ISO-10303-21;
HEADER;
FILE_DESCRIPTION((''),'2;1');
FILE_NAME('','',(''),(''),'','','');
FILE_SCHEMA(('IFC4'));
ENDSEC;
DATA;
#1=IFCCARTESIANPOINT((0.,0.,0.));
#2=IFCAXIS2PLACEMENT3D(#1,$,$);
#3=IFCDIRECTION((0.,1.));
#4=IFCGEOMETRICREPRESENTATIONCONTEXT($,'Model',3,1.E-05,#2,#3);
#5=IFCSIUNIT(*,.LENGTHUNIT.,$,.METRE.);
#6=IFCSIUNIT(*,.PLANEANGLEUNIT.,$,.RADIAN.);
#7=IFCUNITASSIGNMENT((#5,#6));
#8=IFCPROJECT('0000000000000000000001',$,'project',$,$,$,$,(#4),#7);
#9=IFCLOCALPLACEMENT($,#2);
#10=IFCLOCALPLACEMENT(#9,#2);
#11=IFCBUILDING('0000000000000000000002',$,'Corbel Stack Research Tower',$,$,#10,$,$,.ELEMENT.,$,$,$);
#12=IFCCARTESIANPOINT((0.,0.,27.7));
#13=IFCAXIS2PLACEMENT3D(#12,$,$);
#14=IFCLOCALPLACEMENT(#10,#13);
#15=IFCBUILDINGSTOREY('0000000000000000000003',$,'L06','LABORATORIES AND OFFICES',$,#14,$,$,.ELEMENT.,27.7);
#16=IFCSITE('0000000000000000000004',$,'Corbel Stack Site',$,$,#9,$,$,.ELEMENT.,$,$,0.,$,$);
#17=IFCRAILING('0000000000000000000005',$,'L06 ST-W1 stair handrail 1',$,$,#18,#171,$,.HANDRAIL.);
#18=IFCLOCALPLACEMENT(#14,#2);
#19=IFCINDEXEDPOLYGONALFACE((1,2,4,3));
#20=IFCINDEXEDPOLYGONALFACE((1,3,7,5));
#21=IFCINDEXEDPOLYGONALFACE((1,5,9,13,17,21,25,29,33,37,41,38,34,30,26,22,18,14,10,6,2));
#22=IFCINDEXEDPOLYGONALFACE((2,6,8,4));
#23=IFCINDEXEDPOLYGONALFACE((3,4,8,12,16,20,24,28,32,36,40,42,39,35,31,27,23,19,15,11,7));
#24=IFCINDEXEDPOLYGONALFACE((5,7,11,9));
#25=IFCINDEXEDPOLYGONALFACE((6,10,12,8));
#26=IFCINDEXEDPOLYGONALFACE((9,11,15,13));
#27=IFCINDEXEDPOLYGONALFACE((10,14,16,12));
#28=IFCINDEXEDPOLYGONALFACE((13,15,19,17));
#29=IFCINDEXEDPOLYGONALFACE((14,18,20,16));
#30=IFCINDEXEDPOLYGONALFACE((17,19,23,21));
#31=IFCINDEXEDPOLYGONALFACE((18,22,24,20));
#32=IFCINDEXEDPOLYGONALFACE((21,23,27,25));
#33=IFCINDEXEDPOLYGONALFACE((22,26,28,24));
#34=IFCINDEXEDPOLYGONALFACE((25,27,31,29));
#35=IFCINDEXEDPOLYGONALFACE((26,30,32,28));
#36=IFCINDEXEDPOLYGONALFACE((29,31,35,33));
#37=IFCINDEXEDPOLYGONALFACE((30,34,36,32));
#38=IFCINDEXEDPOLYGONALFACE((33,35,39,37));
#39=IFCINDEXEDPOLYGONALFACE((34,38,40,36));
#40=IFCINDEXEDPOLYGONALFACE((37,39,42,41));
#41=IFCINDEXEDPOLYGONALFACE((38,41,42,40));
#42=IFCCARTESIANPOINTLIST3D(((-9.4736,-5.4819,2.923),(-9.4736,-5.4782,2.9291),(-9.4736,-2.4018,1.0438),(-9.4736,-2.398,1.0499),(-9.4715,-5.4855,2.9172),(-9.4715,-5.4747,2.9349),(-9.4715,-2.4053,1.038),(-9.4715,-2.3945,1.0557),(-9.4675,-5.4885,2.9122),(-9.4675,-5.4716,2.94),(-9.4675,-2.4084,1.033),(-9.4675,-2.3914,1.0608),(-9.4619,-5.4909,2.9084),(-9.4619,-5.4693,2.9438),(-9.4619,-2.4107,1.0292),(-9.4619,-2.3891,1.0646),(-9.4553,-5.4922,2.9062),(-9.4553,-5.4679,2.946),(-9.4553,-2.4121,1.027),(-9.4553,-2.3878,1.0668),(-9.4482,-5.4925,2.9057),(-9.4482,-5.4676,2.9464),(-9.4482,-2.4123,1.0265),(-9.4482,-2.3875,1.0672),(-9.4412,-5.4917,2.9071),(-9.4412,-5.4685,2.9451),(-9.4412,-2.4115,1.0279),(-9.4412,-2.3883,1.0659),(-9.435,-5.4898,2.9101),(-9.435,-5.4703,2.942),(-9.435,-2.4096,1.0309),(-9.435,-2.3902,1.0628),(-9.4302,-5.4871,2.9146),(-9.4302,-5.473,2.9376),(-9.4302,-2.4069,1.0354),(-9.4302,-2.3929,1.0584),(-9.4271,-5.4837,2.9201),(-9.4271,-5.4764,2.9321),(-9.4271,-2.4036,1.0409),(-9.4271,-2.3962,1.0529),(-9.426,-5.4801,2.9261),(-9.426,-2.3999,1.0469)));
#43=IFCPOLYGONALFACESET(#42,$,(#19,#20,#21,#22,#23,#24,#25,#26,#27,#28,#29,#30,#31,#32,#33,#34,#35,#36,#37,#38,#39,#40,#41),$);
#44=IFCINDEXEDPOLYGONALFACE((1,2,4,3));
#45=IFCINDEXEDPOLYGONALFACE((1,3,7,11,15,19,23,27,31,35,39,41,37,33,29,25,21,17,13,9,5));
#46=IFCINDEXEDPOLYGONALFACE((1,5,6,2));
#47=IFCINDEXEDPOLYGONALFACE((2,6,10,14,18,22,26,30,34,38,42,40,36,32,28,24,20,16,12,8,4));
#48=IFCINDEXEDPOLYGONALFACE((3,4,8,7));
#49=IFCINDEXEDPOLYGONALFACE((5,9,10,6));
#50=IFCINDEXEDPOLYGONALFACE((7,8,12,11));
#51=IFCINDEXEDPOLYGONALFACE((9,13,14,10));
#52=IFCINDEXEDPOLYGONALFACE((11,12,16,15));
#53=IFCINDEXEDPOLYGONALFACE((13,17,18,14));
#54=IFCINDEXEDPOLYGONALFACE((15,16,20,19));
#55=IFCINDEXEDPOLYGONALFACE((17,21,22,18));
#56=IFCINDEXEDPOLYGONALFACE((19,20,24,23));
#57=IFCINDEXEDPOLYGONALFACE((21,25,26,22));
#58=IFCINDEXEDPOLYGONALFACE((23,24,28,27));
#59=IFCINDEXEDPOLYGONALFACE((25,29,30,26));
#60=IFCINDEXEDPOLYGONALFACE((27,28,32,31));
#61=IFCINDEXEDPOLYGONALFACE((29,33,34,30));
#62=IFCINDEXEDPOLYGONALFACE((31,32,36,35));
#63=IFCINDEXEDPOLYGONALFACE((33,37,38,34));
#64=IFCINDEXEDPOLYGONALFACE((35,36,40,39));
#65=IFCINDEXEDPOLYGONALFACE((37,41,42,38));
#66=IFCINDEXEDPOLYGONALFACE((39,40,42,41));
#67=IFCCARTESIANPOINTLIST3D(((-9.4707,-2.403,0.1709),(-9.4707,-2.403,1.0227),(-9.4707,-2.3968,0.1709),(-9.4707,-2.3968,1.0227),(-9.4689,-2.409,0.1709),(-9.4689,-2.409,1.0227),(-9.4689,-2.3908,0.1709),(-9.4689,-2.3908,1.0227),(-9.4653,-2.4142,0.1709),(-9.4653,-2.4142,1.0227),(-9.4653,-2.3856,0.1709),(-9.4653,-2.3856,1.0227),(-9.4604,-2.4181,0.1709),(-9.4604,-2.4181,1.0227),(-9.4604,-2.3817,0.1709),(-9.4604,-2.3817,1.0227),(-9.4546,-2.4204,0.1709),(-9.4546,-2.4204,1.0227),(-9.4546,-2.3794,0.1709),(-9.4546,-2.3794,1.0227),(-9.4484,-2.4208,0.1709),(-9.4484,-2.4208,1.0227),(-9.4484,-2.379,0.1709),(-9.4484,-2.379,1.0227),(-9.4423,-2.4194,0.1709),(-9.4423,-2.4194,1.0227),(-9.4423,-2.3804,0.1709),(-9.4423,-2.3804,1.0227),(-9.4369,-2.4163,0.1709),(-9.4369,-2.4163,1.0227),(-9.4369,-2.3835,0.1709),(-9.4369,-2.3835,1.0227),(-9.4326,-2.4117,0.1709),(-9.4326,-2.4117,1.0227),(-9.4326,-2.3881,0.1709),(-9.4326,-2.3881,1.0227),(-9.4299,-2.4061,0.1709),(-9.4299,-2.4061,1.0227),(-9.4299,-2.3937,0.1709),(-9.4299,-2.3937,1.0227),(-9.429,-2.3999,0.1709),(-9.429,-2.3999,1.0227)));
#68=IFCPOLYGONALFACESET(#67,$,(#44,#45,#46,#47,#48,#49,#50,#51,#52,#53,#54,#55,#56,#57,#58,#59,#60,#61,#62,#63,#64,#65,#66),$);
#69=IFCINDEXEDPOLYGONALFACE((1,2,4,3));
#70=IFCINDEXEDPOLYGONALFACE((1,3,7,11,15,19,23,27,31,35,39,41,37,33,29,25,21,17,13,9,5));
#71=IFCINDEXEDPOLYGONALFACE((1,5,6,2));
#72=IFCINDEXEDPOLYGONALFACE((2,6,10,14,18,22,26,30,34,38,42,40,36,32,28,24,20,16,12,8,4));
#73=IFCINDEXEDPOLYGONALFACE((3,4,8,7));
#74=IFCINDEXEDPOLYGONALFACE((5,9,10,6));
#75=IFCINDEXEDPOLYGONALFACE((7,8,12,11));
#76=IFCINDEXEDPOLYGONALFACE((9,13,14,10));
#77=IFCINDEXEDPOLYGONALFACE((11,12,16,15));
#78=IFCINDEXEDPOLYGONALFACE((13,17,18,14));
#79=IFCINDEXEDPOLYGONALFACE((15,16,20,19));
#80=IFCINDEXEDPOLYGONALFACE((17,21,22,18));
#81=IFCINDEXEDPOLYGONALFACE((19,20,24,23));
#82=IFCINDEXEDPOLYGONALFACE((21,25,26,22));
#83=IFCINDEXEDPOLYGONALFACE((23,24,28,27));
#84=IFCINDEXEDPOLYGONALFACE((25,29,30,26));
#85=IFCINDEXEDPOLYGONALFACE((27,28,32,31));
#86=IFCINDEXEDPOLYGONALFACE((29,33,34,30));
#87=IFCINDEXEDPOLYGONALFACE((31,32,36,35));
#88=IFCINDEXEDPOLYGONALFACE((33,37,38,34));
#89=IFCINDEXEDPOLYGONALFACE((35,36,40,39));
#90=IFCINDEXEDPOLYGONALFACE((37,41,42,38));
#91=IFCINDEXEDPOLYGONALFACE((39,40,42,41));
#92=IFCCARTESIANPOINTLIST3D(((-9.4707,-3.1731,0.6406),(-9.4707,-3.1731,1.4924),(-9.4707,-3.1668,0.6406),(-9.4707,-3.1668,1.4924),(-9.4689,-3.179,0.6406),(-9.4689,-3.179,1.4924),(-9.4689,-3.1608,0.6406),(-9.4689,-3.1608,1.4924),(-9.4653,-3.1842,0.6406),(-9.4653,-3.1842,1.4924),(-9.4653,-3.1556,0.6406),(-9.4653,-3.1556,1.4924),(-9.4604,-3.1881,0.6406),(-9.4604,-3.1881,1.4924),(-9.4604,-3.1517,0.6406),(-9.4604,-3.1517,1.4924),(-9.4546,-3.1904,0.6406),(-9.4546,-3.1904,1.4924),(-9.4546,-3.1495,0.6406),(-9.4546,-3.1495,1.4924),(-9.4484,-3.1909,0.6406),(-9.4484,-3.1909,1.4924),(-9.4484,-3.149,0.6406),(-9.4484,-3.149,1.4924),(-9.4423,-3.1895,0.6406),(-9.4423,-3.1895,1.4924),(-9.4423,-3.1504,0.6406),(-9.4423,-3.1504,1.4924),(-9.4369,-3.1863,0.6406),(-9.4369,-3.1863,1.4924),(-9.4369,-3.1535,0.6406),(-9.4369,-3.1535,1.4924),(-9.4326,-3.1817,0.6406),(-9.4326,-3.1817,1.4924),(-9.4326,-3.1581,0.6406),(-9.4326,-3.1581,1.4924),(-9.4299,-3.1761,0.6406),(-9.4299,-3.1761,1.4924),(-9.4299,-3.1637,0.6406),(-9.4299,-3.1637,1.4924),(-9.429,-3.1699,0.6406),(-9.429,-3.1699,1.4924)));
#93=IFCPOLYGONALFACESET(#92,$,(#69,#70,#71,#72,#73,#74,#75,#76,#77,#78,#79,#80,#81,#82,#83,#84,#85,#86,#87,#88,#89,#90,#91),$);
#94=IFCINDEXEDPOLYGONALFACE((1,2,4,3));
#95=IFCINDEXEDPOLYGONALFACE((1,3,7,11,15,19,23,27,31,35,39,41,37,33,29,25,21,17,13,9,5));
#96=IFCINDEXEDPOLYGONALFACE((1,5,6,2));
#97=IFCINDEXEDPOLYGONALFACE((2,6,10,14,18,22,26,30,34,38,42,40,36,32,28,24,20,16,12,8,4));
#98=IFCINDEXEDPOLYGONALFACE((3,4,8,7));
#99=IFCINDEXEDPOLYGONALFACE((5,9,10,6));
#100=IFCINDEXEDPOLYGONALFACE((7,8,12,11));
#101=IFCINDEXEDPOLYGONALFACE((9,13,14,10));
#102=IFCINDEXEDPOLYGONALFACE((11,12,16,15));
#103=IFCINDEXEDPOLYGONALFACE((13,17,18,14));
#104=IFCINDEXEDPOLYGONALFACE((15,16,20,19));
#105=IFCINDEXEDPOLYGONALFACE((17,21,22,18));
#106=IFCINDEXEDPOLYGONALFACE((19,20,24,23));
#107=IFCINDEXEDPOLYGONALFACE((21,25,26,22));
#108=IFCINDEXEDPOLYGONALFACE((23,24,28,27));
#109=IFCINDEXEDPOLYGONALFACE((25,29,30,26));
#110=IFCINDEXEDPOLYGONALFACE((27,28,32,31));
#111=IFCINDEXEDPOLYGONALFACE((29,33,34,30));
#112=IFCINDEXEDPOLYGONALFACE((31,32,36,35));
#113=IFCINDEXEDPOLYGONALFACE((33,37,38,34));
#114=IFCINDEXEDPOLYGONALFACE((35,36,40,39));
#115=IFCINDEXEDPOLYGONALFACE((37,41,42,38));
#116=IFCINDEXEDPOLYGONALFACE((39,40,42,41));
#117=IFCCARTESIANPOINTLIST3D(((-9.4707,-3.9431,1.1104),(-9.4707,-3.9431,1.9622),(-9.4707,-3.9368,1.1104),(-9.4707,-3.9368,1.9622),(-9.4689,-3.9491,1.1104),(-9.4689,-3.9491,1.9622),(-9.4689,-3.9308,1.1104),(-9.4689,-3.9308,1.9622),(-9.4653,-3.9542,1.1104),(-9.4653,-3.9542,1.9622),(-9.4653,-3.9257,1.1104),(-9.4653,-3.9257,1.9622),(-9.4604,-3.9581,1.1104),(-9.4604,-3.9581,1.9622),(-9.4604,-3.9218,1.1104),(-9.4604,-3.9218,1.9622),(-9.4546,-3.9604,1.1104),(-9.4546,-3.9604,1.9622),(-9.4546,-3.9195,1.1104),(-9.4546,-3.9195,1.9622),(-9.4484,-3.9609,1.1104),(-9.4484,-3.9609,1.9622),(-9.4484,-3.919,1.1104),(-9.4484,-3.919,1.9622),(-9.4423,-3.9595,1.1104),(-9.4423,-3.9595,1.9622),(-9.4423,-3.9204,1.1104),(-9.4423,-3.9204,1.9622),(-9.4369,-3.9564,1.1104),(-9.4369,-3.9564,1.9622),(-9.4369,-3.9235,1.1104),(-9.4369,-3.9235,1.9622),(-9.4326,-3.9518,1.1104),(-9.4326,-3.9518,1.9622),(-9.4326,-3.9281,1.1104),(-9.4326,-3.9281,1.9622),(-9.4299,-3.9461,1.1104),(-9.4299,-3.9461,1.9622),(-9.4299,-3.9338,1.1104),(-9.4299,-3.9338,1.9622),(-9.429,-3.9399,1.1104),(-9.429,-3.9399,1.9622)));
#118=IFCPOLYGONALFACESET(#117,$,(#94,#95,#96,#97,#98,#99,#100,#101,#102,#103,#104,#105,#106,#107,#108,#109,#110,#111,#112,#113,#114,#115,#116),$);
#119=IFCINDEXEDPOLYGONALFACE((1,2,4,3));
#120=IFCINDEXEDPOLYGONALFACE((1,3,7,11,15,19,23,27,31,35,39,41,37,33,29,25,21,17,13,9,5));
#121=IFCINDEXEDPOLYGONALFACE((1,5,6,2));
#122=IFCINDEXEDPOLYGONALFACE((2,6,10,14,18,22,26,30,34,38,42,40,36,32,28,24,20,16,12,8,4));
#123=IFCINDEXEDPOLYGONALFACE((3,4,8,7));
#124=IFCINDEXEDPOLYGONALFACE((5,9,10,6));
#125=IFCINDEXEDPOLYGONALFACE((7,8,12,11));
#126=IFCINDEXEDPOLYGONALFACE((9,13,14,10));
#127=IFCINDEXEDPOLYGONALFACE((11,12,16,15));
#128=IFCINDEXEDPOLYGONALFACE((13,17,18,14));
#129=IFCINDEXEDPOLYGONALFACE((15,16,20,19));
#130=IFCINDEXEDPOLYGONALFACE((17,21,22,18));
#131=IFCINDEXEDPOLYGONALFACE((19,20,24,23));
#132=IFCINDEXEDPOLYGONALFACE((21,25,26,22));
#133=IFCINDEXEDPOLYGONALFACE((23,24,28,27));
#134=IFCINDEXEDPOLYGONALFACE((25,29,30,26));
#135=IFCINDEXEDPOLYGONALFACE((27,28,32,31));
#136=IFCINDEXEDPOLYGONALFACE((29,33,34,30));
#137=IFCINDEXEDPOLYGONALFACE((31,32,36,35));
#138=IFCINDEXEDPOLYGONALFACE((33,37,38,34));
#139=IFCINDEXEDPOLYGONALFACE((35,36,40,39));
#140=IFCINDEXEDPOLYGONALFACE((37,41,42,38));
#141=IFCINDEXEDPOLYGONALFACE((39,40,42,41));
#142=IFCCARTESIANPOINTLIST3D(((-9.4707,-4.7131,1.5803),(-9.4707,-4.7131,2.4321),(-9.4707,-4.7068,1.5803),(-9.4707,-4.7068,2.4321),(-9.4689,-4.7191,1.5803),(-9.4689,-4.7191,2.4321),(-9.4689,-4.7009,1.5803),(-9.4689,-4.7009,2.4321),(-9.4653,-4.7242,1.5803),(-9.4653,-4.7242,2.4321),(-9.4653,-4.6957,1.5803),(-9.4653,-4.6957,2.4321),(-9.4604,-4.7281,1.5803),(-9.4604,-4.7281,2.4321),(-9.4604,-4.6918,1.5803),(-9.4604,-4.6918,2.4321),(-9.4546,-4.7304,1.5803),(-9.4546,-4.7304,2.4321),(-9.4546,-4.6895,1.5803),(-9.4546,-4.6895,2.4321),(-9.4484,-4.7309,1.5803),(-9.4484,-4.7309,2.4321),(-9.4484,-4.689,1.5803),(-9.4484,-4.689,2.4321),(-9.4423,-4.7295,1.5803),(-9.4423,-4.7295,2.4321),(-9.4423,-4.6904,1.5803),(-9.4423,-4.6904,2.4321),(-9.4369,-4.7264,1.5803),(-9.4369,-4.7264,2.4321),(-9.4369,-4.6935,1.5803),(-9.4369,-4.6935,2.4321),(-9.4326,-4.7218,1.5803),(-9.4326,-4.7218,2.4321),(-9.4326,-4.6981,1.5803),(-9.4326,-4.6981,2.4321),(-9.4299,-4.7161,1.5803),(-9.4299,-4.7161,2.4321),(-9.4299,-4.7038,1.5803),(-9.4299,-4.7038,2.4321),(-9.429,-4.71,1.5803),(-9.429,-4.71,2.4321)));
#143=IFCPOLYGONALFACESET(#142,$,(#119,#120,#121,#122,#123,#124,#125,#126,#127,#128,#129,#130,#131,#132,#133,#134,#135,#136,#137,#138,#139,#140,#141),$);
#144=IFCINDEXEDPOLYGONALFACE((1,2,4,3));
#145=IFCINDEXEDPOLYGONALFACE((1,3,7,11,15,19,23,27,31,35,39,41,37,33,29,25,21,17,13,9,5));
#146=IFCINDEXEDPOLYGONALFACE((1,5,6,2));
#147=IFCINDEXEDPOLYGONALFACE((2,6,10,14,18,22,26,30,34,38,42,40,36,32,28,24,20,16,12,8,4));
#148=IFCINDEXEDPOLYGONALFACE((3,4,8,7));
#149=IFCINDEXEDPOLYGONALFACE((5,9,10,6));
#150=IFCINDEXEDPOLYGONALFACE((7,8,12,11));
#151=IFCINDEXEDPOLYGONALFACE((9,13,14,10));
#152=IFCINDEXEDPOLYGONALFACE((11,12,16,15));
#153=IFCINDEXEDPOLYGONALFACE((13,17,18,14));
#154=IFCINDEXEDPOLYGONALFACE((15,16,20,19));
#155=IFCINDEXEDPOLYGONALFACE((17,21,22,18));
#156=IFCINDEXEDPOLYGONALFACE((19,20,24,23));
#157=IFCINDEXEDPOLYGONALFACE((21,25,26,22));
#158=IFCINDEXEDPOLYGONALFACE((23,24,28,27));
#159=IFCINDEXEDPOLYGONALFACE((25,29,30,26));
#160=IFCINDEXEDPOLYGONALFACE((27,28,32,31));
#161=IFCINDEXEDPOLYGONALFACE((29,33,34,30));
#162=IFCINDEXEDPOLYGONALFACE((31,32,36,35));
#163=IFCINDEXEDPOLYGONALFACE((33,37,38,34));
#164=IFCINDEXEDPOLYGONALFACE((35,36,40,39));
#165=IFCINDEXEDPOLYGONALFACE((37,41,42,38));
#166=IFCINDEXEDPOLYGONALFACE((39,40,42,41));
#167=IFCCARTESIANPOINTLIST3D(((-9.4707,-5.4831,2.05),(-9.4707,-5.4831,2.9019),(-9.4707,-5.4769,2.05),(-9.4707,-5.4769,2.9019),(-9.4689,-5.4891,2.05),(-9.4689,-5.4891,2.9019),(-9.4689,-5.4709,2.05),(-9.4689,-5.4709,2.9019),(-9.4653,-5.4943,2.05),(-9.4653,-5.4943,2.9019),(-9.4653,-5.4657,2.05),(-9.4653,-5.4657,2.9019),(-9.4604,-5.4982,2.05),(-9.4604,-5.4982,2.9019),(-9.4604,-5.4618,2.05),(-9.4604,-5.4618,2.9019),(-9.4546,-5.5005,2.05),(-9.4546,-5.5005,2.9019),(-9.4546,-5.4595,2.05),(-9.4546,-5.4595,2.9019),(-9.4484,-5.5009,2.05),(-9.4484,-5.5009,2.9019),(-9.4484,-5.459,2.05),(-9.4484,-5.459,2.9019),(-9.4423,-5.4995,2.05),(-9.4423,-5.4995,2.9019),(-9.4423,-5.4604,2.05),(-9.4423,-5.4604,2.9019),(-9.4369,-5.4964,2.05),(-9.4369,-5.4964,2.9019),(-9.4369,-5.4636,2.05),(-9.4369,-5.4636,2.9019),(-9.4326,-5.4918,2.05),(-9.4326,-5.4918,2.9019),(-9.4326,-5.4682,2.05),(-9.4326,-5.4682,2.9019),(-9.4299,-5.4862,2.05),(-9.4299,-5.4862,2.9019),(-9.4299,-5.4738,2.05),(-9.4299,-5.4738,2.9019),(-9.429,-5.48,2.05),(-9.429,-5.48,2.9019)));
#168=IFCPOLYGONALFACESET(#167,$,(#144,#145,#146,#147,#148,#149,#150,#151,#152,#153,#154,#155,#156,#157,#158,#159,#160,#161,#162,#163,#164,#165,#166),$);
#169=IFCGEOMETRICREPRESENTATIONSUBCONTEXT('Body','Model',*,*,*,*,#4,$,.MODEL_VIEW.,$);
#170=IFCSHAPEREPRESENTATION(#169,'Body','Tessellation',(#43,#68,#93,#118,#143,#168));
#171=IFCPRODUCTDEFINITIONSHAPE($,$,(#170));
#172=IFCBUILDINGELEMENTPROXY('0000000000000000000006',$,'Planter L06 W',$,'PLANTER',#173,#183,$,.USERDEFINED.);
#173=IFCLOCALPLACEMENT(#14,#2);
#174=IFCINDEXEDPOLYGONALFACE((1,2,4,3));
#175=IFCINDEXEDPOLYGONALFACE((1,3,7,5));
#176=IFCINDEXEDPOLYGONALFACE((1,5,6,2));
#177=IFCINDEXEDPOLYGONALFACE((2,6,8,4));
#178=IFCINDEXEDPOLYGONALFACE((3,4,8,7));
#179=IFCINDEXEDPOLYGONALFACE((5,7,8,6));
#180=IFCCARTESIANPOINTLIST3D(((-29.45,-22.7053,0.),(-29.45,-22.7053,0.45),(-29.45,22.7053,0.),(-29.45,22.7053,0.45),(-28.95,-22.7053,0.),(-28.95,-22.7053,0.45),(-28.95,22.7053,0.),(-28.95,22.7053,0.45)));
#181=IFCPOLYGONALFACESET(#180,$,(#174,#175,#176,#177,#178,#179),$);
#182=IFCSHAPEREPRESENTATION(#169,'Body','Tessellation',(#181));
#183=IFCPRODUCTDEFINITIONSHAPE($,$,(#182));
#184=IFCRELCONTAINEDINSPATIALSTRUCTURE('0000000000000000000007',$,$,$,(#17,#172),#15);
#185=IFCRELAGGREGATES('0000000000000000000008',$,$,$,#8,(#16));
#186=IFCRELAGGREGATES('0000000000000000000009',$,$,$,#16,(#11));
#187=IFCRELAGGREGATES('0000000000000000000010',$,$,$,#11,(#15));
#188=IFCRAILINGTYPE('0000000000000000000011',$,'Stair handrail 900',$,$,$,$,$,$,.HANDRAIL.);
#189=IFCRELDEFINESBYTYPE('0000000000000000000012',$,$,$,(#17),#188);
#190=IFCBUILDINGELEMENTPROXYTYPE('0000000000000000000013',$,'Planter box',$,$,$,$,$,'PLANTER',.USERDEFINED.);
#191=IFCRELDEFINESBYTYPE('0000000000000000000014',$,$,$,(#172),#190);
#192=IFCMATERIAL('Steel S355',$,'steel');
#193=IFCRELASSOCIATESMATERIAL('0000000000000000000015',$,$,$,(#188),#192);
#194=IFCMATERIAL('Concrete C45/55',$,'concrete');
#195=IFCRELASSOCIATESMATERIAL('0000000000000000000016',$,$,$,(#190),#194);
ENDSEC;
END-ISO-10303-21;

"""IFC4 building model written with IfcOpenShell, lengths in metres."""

from ifc_helpers import new_model, si_unit, direction, frame, origin, origin_2d, place, context, subcontext, project, spatial, rectangle, circle, extrude, material, type_object, element, save


model = new_model("IFC4")

# Units and contexts
model_context = context("Model", 3, precision=1e-05, world=origin(), true_north=direction((0.0, 1.0)))
body_context = subcontext(model_context, "Body", "Model", "MODEL_VIEW")
ifc_project = project(units=[si_unit("LENGTHUNIT", "METRE"), si_unit("PLANEANGLEUNIT", "RADIAN")], contexts=[model_context])

# Site, building, storey
site_placement = place(None, origin())
site = spatial("IfcSite", under=ifc_project, at=site_placement, Name="Corbel Stack Site", CompositionType="ELEMENT", RefElevation=0.0)
building_placement = place(site_placement, origin())
building = spatial("IfcBuilding", under=site, at=building_placement, Name="Corbel Stack Research Tower", CompositionType="ELEMENT")
storey_placement = place(building_placement, frame((0.0, 0.0, 27.7)))
storey = spatial("IfcBuildingStorey", under=building, at=storey_placement, Name="L06", Description="LABORATORIES AND OFFICES", CompositionType="ELEMENT", Elevation=27.7)

# Railing
ifc_material_1 = material(Name="Steel S355", Category="steel")
railing_type_1 = type_object("IfcRailingType", Name="Stair handrail 900", PredefinedType="HANDRAIL", material=ifc_material_1)
railing_1_placement = place(storey_placement, frame((-9.45, -2.3999, 0.1709)))
element("IfcRailing", 1, at=railing_1_placement, inside=storey, type_object=railing_type_1, Name="L06 ST-W1 stair handrail 1", PredefinedType="HANDRAIL", context=body_context, shape_type="SweptSolid", body=[
    extrude(circle(Radius=0.0239, at=origin_2d()), frame((0.0, 0.0, 0.876), z_axis=(0.0, -0.853666, 0.52082), x_axis=(1.0, 0.0, 0.0)), (0.0, 0.0, 1.0), 3.6082),
    extrude(circle(Radius=0.021, at=origin_2d()), origin(), (0.0, 0.0, 1.0), 0.8518),
    extrude(circle(Radius=0.021, at=origin_2d()), frame((0.0, -0.77, 0.4697)), (0.0, 0.0, 1.0), 0.8518),
    extrude(circle(Radius=0.021, at=origin_2d()), frame((0.0, -1.54, 0.9395)), (0.0, 0.0, 1.0), 0.8518),
    extrude(circle(Radius=0.021, at=origin_2d()), frame((0.0, -2.3101, 1.4094)), (0.0, 0.0, 1.0), 0.8518),
    extrude(circle(Radius=0.021, at=origin_2d()), frame((0.0, -3.0801, 1.8792)), (0.0, 0.0, 1.0), 0.8518),
])

# Building element proxy
ifc_material_2 = material(Name="Concrete C45/55", Category="concrete")
building_element_proxy_type = type_object("IfcBuildingElementProxyType", Name="Planter box", ElementType="PLANTER", PredefinedType="USERDEFINED", material=ifc_material_2)
proxy_placement = place(storey_placement, frame((-29.2, 0.0, 0.0), z_axis=(0.0, 0.0, 1.0), x_axis=(0.0, -1.0, 0.0)))
element("IfcBuildingElementProxy", 2, at=proxy_placement, inside=storey, type_object=building_element_proxy_type, Name="Planter L06 W", ObjectType="PLANTER", PredefinedType="USERDEFINED", context=body_context, shape_type="SweptSolid", body=[
    extrude(rectangle(XDim=45.4106, YDim=0.5, at=origin_2d()), origin(), (0.0, 0.0, 1.0), 0.45),
])

save(model, "model.ifc")
